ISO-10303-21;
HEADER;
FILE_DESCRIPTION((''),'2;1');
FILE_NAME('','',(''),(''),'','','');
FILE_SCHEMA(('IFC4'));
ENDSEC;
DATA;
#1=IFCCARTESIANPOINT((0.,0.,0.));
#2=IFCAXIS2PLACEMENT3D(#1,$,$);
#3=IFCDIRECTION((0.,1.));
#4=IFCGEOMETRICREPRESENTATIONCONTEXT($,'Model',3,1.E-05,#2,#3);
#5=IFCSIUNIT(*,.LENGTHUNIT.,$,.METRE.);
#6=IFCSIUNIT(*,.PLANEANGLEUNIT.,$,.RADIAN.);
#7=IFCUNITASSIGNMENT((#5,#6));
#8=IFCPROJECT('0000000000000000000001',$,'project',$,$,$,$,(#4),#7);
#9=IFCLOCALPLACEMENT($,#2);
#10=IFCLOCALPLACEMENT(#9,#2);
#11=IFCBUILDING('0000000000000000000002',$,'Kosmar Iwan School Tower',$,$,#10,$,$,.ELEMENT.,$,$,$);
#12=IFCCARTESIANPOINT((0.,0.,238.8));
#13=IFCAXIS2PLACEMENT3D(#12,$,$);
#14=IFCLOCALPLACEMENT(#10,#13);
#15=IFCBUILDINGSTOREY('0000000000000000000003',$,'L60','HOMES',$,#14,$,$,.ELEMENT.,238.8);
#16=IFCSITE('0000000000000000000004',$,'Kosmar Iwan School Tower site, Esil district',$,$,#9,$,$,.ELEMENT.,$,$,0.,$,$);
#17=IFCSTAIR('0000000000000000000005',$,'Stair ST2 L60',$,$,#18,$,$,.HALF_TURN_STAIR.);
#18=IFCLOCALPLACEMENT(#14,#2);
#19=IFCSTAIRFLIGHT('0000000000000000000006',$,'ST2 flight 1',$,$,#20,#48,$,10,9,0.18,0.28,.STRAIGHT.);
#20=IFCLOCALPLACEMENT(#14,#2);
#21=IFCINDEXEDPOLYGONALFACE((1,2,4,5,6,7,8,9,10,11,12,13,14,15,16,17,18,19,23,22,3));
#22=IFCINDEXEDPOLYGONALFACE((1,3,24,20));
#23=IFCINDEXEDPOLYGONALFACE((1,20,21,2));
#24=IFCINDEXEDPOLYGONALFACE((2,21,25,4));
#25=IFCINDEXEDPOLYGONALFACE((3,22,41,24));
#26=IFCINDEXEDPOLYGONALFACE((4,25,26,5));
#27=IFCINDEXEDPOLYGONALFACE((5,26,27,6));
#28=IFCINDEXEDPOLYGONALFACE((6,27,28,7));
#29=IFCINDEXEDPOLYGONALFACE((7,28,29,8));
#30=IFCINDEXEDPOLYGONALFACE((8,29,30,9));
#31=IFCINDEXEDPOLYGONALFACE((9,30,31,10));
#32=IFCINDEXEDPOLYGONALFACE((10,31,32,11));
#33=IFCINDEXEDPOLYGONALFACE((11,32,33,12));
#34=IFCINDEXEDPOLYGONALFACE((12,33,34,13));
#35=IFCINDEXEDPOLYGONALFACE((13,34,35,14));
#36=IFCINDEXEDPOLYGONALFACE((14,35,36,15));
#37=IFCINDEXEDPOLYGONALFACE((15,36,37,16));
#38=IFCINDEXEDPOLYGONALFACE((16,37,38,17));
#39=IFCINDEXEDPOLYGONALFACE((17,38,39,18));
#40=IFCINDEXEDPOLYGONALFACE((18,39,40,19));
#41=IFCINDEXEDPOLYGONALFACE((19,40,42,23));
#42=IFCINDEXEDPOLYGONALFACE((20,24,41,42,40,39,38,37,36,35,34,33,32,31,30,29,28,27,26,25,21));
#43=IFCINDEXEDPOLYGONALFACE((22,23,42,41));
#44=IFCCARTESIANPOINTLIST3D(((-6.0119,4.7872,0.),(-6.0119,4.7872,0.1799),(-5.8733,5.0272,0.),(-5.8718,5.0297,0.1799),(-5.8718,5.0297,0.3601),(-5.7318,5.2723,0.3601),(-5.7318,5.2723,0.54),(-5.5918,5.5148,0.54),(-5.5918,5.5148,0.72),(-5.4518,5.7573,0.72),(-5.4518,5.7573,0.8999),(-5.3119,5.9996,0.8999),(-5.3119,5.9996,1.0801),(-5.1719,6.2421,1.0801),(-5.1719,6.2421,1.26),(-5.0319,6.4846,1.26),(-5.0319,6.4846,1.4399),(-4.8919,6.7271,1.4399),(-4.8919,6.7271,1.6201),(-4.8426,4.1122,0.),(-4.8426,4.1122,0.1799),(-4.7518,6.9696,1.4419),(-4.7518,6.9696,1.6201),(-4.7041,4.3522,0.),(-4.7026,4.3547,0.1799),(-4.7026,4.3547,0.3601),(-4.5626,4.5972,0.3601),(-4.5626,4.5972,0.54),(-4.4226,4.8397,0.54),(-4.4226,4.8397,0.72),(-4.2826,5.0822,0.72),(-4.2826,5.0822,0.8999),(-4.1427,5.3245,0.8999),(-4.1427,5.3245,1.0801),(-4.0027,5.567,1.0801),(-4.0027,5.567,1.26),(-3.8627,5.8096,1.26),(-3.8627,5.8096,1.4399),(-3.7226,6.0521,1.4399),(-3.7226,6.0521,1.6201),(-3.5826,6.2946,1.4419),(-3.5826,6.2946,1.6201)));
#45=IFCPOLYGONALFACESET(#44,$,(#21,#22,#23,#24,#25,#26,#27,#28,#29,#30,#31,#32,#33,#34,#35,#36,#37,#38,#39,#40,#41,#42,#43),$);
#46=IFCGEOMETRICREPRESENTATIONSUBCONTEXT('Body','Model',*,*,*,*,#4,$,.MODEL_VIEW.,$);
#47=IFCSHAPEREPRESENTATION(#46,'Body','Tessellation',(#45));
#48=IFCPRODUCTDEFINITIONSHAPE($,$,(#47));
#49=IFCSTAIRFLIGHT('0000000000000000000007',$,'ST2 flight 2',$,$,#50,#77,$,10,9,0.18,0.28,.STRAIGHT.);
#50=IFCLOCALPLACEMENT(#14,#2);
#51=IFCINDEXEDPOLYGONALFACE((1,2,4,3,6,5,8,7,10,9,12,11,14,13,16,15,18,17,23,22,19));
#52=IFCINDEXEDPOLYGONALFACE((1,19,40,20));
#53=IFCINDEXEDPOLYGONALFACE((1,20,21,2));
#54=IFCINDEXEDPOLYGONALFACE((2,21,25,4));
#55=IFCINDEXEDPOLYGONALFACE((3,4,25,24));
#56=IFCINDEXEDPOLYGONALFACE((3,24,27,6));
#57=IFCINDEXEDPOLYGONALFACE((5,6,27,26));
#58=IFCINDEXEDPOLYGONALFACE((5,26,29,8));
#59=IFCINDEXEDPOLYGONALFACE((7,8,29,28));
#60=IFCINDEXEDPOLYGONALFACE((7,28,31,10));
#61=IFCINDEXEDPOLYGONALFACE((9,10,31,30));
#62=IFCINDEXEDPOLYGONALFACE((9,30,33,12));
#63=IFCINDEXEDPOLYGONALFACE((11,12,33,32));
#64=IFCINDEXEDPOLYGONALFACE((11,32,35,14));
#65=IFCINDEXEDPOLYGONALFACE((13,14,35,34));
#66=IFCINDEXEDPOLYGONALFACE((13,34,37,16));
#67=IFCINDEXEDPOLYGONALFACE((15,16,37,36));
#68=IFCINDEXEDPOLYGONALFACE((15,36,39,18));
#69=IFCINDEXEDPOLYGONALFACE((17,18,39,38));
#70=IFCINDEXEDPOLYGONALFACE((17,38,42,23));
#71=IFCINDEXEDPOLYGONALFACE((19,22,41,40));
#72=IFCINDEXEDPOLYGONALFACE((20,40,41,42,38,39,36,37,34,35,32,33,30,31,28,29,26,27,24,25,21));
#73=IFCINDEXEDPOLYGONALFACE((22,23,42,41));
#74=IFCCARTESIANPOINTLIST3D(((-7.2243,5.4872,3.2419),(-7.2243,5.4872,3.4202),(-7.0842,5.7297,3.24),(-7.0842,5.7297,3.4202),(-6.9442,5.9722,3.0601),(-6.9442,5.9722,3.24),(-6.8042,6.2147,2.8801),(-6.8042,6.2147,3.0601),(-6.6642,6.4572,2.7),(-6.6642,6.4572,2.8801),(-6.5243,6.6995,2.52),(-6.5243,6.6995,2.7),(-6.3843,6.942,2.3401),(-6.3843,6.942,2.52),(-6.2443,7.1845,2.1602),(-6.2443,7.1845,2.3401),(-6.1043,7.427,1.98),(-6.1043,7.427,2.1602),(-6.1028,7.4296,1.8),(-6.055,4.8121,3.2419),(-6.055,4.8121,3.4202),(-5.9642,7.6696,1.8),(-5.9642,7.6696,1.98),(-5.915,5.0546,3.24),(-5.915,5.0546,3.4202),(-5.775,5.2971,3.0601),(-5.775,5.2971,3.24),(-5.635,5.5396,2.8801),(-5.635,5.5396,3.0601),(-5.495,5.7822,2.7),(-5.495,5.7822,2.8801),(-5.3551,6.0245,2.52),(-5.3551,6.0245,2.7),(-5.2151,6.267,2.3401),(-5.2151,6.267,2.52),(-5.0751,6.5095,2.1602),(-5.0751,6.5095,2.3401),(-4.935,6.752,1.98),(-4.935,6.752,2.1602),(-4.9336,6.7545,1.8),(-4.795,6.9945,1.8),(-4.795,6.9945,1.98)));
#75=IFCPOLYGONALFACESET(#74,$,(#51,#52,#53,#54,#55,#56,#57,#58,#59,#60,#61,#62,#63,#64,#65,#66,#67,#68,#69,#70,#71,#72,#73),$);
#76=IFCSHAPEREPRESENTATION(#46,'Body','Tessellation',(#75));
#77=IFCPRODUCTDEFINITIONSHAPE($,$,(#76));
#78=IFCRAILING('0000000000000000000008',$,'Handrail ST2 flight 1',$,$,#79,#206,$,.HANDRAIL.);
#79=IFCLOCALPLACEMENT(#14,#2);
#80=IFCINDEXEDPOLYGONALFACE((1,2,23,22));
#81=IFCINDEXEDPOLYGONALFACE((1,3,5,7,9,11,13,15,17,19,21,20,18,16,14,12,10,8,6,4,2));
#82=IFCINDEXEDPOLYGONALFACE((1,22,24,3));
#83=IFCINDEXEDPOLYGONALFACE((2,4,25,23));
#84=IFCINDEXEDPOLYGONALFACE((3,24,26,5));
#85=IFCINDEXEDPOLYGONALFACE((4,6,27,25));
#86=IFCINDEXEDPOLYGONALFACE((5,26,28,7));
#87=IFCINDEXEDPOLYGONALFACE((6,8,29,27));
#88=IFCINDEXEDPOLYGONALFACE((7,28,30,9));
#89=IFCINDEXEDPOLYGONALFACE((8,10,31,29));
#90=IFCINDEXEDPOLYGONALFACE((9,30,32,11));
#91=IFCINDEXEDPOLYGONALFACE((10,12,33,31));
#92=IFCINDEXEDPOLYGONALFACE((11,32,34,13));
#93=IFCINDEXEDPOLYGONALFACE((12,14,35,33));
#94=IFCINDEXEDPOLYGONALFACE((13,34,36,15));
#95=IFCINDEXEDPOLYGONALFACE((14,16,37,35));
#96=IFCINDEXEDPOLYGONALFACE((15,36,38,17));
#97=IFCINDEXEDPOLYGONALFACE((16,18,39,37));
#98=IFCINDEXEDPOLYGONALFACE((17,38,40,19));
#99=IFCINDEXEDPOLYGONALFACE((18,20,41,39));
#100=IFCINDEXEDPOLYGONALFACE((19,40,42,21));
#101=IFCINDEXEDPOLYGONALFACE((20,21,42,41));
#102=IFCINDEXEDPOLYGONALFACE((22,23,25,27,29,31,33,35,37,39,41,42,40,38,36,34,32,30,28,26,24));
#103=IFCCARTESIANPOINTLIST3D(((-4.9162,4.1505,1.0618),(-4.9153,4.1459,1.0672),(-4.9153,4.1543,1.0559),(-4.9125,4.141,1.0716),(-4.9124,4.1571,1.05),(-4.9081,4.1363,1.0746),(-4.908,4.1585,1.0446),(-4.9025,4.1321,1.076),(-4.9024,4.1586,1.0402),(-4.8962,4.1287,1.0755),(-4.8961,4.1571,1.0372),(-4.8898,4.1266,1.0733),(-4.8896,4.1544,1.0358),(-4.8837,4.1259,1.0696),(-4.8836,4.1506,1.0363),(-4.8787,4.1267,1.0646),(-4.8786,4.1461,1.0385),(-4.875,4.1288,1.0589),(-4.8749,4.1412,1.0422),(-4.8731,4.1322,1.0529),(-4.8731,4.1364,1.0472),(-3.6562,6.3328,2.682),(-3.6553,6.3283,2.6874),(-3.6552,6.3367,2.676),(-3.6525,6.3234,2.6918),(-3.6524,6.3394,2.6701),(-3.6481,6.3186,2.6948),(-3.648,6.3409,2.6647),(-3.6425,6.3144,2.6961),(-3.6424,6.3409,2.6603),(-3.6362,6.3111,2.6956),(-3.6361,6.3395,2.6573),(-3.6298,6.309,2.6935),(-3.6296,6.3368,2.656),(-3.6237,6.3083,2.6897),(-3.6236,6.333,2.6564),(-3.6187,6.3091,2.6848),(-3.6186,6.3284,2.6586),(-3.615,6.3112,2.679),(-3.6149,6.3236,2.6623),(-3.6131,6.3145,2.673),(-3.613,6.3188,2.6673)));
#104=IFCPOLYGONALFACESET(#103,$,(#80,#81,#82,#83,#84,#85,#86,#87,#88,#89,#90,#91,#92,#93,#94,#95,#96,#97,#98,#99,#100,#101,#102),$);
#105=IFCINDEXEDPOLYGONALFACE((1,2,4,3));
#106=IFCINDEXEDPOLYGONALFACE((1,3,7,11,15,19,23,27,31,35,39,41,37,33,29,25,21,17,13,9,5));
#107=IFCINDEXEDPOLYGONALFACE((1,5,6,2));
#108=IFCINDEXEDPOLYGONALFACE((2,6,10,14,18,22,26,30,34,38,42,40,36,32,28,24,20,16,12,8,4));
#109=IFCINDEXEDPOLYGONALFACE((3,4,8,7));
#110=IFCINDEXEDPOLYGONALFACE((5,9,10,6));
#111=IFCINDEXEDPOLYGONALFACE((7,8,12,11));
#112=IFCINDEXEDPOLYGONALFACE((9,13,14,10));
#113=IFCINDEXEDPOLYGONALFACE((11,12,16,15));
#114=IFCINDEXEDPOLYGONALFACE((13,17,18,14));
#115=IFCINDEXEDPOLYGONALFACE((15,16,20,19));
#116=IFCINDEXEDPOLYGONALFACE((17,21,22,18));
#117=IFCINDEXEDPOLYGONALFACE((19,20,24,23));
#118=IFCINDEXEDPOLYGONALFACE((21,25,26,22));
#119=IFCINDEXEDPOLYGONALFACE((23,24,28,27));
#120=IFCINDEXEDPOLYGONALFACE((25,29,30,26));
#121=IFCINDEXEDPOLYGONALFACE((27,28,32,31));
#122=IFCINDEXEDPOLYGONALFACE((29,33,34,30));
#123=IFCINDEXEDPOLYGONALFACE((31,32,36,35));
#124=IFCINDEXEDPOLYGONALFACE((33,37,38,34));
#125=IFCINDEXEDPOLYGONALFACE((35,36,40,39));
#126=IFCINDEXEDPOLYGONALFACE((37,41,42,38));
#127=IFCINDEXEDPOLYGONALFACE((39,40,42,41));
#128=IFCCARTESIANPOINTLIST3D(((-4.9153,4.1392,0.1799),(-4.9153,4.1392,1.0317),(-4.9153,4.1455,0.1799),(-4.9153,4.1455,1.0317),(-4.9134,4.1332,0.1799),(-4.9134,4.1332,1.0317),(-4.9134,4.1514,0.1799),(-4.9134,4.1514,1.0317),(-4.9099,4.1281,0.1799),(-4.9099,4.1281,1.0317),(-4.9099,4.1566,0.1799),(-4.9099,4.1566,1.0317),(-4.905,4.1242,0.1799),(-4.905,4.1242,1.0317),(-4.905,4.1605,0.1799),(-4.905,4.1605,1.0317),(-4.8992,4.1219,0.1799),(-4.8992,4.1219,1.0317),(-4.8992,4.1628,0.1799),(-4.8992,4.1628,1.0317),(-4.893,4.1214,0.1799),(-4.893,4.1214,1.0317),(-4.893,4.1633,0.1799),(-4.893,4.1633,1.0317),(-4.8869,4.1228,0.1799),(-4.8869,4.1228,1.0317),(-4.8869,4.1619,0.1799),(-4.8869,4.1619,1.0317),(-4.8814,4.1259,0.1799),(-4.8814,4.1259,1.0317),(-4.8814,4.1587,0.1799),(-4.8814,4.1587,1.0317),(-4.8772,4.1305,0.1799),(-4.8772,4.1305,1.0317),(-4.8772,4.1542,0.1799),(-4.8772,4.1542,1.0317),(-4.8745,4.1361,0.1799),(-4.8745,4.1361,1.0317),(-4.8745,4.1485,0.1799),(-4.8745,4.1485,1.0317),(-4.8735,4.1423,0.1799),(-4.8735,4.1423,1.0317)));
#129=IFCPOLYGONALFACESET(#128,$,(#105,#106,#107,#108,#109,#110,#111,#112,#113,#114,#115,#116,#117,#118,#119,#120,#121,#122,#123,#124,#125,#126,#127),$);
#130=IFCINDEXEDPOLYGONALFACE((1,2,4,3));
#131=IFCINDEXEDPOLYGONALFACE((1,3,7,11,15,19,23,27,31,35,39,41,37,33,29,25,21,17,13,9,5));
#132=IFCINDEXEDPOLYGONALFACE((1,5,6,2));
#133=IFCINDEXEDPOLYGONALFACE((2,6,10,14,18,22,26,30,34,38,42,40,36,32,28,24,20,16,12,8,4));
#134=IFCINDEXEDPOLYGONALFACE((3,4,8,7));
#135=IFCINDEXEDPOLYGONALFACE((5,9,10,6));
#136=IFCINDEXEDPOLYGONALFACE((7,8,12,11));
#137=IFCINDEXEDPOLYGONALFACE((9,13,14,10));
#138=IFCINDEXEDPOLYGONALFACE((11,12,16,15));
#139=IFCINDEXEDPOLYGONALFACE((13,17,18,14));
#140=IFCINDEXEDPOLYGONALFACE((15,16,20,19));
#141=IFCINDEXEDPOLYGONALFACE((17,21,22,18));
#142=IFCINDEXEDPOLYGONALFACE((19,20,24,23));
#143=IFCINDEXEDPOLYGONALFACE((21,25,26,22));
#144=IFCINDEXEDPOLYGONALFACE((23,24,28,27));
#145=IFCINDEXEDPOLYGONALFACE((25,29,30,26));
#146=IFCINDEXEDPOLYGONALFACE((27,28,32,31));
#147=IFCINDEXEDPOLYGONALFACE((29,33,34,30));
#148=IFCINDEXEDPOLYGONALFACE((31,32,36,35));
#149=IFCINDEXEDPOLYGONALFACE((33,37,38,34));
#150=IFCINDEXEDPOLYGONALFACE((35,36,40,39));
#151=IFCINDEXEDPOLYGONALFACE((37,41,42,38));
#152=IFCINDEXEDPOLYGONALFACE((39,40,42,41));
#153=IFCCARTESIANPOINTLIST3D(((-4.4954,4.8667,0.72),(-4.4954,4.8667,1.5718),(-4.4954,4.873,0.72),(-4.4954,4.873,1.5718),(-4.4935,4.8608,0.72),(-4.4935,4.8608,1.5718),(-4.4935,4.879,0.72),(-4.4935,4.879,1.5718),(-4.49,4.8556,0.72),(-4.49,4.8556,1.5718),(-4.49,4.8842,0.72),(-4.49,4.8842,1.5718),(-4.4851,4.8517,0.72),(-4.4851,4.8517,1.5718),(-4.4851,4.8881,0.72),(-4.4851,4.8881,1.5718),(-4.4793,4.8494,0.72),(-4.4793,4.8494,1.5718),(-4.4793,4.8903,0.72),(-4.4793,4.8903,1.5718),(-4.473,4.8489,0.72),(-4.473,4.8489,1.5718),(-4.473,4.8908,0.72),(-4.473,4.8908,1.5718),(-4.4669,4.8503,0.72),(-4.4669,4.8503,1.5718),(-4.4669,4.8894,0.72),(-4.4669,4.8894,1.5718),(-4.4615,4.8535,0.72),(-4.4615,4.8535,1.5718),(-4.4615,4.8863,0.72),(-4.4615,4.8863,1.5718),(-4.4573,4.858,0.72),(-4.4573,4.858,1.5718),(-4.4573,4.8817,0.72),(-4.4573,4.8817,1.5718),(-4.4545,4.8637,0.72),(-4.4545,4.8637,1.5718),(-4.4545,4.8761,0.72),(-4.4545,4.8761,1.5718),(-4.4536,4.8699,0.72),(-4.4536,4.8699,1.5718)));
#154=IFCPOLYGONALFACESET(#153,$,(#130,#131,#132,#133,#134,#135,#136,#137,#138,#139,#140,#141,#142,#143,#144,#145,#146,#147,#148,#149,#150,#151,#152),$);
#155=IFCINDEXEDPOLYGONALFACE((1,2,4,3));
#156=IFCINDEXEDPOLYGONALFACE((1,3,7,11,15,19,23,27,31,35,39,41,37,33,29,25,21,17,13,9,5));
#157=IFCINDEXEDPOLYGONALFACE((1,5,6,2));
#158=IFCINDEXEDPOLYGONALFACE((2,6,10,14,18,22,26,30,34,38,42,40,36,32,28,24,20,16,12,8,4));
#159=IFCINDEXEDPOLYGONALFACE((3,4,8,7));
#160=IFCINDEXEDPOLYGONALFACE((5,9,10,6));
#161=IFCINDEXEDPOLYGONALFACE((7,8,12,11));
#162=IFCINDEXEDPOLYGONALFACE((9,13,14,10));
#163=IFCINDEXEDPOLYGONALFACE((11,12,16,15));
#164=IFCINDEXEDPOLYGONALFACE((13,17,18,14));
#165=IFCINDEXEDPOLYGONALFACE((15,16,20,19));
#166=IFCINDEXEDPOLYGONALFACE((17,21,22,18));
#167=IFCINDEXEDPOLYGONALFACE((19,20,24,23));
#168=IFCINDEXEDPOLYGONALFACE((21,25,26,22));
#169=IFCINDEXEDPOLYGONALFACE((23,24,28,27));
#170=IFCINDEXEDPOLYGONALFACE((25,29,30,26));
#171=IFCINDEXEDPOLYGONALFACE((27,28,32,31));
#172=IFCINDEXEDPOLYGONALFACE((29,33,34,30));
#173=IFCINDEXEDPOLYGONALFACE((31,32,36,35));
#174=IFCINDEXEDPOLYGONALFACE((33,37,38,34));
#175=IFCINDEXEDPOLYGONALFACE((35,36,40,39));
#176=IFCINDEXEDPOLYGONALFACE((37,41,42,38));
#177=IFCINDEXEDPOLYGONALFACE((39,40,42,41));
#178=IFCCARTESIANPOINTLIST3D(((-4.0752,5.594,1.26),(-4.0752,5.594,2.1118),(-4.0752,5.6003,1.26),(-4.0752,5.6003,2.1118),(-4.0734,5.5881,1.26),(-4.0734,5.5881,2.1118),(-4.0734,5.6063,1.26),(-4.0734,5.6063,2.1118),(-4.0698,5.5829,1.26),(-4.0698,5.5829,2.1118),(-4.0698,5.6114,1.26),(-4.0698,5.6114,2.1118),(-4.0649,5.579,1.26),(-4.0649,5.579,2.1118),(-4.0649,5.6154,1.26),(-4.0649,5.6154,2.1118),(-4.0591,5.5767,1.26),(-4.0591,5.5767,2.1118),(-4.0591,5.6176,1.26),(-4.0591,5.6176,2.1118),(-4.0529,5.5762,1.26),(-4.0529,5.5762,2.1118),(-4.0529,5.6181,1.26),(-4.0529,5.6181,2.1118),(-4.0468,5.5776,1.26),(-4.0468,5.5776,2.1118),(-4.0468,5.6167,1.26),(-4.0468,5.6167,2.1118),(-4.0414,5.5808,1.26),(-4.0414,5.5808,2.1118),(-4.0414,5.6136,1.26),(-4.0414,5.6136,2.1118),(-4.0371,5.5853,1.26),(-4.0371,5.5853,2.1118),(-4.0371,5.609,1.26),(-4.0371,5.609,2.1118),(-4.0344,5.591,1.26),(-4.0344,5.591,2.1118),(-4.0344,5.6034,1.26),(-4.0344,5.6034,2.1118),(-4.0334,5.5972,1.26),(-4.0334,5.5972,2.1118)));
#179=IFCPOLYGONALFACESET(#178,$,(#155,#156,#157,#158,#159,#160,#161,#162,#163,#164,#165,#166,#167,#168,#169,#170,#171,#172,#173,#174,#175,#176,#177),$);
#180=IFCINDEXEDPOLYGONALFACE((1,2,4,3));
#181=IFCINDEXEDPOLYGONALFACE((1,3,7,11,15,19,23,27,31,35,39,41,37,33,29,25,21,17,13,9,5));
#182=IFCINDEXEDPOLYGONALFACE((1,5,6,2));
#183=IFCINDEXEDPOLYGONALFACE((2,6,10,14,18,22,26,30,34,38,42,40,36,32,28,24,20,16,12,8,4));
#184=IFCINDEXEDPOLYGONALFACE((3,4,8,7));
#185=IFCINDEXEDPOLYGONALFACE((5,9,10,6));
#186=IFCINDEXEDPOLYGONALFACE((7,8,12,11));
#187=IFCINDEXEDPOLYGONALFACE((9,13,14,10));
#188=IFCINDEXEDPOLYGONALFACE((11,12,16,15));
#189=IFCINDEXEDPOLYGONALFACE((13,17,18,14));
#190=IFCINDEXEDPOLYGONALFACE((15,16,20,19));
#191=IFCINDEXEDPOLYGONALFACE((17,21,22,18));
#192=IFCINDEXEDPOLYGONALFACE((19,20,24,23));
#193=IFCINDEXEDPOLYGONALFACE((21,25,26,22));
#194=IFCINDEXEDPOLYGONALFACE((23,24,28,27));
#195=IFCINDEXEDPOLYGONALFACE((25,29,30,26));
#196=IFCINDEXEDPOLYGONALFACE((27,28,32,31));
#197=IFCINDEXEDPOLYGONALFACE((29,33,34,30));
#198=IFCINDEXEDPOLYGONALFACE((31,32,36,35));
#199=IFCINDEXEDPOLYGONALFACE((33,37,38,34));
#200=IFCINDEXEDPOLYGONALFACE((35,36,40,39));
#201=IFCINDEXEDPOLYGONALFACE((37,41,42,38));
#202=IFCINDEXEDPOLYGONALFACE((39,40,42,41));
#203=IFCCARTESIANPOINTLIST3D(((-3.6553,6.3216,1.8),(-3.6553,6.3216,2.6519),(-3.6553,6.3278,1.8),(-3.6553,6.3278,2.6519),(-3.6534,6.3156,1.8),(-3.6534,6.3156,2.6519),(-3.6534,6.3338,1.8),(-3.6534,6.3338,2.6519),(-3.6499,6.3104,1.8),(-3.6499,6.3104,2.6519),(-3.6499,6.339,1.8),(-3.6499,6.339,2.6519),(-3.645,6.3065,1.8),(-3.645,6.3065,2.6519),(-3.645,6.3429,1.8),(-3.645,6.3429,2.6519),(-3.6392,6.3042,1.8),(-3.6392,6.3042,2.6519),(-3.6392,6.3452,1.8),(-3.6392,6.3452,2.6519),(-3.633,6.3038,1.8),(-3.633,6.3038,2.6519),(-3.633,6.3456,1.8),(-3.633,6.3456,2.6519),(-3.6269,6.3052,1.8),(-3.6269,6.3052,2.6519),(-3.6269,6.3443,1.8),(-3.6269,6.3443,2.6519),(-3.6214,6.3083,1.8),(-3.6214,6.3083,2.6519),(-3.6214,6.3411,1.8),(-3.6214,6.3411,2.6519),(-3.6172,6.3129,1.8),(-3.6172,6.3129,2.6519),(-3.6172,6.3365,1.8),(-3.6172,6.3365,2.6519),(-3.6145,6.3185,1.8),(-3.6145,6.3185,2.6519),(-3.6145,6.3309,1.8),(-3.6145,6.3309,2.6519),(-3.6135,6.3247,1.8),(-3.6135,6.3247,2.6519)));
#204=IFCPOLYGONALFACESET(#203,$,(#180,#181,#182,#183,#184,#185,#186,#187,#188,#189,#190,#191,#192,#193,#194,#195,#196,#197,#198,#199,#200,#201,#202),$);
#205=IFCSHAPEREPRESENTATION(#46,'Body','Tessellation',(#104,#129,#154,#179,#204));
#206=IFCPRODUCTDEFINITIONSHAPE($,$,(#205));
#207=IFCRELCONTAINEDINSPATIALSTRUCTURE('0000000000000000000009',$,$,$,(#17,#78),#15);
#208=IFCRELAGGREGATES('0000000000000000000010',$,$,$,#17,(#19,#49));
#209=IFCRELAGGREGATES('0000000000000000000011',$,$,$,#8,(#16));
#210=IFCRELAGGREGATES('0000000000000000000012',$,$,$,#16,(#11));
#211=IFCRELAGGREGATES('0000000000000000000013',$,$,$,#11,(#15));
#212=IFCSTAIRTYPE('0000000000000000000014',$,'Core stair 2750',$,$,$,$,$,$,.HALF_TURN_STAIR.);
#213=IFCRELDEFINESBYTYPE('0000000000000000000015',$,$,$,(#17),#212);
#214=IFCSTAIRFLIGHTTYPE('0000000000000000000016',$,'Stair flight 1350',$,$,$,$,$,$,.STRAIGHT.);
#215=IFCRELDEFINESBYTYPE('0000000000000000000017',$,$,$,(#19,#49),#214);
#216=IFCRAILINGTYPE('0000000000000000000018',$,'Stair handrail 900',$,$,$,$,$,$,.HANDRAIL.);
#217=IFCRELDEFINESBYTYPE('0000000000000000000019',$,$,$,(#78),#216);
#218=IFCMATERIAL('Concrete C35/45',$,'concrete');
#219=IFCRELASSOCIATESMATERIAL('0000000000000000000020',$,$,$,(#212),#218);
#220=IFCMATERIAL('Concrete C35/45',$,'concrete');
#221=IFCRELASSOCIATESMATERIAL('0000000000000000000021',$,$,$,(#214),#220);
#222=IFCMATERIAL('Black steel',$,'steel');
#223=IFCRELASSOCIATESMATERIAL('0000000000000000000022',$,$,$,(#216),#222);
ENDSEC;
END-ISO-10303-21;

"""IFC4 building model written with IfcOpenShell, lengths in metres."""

from ifc_helpers import new_model, si_unit, direction, frame, origin, origin_2d, place, context, subcontext, project, spatial, polyline, circle, outline, extrude, material, type_object, element, aggregate, save


model = new_model("IFC4")

# Units and contexts
model_context = context("Model", 3, precision=1e-05, world=origin(), true_north=direction((0.0, 1.0)))
body_context = subcontext(model_context, "Body", "Model", "MODEL_VIEW")
ifc_project = project(units=[si_unit("LENGTHUNIT", "METRE"), si_unit("PLANEANGLEUNIT", "RADIAN")], contexts=[model_context])

# Site, building, storey
site_placement = place(None, origin())
site = spatial("IfcSite", under=ifc_project, at=site_placement, Name="Kosmar Iwan School Tower site, Esil district", CompositionType="ELEMENT", RefElevation=0.0)
building_placement = place(site_placement, origin())
building = spatial("IfcBuilding", under=site, at=building_placement, Name="Kosmar Iwan School Tower", CompositionType="ELEMENT")
storey_placement = place(building_placement, frame((0.0, 0.0, 238.8)))
storey = spatial("IfcBuildingStorey", under=building, at=storey_placement, Name="L60", Description="HOMES", CompositionType="ELEMENT", Elevation=238.8)

# Stair, stair flights
ifc_material_1 = material(Name="Concrete C35/45", Category="concrete")
stair_type = type_object("IfcStairType", Name="Core stair 2750", PredefinedType="HALF_TURN_STAIR", material=ifc_material_1)
stair_placement = place(storey_placement, origin())
stair = element("IfcStair", 1, at=stair_placement, inside=storey, type_object=stair_type, Name="Stair ST2 L60", PredefinedType="HALF_TURN_STAIR")
ifc_material_2 = material(Name="Concrete C35/45", Category="concrete")
stair_flight_type = type_object("IfcStairFlightType", Name="Stair flight 1350", PredefinedType="STRAIGHT", material=ifc_material_2)
stair_flight_1_placement = place(storey_placement, frame((-5.4272, 4.4497, 0.0), z_axis=(0.0, 0.0, 1.0), x_axis=(0.5, 0.866025, 0.0)))
stair_flight_1 = element("IfcStairFlight", 2, at=stair_flight_1_placement, type_object=stair_flight_type, Name="ST2 flight 1", NumberOfRisers=10, NumberOfTreads=9, PredefinedType="STRAIGHT", RiserHeight=0.18, TreadLength=0.28, context=body_context, shape_type="SweptSolid", body=[
    extrude(outline(polyline([(0.0, 0.0), (0.0, 0.1799), (0.28, 0.1799), (0.28, 0.3601), (0.5601, 0.3601), (0.5601, 0.54), (0.8401, 0.54), (0.8401, 0.72), (1.1201, 0.72), (1.1201, 0.8999), (1.3999, 0.8999), (1.3999, 1.0801), (1.6799, 1.0801), (1.6799, 1.26), (1.96, 1.26), (1.96, 1.4399), (2.24, 1.4399), (2.24, 1.6201), (2.52, 1.6201), (2.52, 1.8), (2.52, 1.4419), (0.2771, 0.0), (0.0, 0.0)])), frame((0.0, 0.675, 0.0), z_axis=(0.0, -1.0, 0.0), x_axis=(1.0, 0.0, 0.0)), (0.0, 0.0, 1.0), 1.3501),
])
stair_flight_2_placement = place(storey_placement, frame((-5.3796, 7.332, 1.8), z_axis=(0.0, 0.0, 1.0), x_axis=(-0.5, -0.866025, 0.0)))
stair_flight_2 = element("IfcStairFlight", 3, at=stair_flight_2_placement, type_object=stair_flight_type, Name="ST2 flight 2", NumberOfRisers=10, NumberOfTreads=9, PredefinedType="STRAIGHT", RiserHeight=0.18, TreadLength=0.28, context=body_context, shape_type="SweptSolid", body=[
    extrude(outline(polyline([(0.0, 0.0), (0.0, 0.1799), (0.28, 0.1799), (0.28, 0.3601), (0.5601, 0.3601), (0.5601, 0.54), (0.8401, 0.54), (0.8401, 0.72), (1.1201, 0.72), (1.1201, 0.8999), (1.3999, 0.8999), (1.3999, 1.0801), (1.6799, 1.0801), (1.6799, 1.26), (1.96, 1.26), (1.96, 1.4399), (2.24, 1.4399), (2.24, 1.6201), (2.52, 1.6201), (2.52, 1.8), (2.52, 1.4419), (0.2771, 0.0), (0.0, 0.0)])), frame((0.0, 0.675, 0.0), z_axis=(0.0, -1.0, 0.0), x_axis=(1.0, 0.0, 0.0)), (0.0, 0.0, 1.0), 1.3501),
])
aggregate(stair, [stair_flight_1, stair_flight_2])

# Railing
ifc_material_3 = material(Name="Black steel", Category="steel")
railing_type = type_object("IfcRailingType", Name="Stair handrail 900", PredefinedType="HANDRAIL", material=ifc_material_3)
railing_1_placement = place(storey_placement, frame((-4.8945, 4.1423, 0.1799)))
element("IfcRailing", 4, at=railing_1_placement, inside=storey, type_object=railing_type, Name="Handrail ST2 flight 1", PredefinedType="HANDRAIL", context=body_context, shape_type="SweptSolid", body=[
    extrude(circle(Radius=0.0239, at=origin_2d()), frame((0.0, 0.0, 0.876), z_axis=(0.420584, 0.728464, 0.540786), x_axis=(-0.866023, 0.500005, 0.0)), (0.0, 0.0, 1.0), 2.9958),
    extrude(circle(Radius=0.021, at=origin_2d()), origin(), (0.0, 0.0, 1.0), 0.8518),
    extrude(circle(Radius=0.021, at=origin_2d()), frame((0.4199, 0.7275, 0.54)), (0.0, 0.0, 1.0), 0.8518),
    extrude(circle(Radius=0.021, at=origin_2d()), frame((0.8401, 1.4548, 1.0801)), (0.0, 0.0, 1.0), 0.8518),
    extrude(circle(Radius=0.021, at=origin_2d()), frame((1.26, 2.1824, 1.6201)), (0.0, 0.0, 1.0), 0.8518),
])

save(model, "model.ifc")
